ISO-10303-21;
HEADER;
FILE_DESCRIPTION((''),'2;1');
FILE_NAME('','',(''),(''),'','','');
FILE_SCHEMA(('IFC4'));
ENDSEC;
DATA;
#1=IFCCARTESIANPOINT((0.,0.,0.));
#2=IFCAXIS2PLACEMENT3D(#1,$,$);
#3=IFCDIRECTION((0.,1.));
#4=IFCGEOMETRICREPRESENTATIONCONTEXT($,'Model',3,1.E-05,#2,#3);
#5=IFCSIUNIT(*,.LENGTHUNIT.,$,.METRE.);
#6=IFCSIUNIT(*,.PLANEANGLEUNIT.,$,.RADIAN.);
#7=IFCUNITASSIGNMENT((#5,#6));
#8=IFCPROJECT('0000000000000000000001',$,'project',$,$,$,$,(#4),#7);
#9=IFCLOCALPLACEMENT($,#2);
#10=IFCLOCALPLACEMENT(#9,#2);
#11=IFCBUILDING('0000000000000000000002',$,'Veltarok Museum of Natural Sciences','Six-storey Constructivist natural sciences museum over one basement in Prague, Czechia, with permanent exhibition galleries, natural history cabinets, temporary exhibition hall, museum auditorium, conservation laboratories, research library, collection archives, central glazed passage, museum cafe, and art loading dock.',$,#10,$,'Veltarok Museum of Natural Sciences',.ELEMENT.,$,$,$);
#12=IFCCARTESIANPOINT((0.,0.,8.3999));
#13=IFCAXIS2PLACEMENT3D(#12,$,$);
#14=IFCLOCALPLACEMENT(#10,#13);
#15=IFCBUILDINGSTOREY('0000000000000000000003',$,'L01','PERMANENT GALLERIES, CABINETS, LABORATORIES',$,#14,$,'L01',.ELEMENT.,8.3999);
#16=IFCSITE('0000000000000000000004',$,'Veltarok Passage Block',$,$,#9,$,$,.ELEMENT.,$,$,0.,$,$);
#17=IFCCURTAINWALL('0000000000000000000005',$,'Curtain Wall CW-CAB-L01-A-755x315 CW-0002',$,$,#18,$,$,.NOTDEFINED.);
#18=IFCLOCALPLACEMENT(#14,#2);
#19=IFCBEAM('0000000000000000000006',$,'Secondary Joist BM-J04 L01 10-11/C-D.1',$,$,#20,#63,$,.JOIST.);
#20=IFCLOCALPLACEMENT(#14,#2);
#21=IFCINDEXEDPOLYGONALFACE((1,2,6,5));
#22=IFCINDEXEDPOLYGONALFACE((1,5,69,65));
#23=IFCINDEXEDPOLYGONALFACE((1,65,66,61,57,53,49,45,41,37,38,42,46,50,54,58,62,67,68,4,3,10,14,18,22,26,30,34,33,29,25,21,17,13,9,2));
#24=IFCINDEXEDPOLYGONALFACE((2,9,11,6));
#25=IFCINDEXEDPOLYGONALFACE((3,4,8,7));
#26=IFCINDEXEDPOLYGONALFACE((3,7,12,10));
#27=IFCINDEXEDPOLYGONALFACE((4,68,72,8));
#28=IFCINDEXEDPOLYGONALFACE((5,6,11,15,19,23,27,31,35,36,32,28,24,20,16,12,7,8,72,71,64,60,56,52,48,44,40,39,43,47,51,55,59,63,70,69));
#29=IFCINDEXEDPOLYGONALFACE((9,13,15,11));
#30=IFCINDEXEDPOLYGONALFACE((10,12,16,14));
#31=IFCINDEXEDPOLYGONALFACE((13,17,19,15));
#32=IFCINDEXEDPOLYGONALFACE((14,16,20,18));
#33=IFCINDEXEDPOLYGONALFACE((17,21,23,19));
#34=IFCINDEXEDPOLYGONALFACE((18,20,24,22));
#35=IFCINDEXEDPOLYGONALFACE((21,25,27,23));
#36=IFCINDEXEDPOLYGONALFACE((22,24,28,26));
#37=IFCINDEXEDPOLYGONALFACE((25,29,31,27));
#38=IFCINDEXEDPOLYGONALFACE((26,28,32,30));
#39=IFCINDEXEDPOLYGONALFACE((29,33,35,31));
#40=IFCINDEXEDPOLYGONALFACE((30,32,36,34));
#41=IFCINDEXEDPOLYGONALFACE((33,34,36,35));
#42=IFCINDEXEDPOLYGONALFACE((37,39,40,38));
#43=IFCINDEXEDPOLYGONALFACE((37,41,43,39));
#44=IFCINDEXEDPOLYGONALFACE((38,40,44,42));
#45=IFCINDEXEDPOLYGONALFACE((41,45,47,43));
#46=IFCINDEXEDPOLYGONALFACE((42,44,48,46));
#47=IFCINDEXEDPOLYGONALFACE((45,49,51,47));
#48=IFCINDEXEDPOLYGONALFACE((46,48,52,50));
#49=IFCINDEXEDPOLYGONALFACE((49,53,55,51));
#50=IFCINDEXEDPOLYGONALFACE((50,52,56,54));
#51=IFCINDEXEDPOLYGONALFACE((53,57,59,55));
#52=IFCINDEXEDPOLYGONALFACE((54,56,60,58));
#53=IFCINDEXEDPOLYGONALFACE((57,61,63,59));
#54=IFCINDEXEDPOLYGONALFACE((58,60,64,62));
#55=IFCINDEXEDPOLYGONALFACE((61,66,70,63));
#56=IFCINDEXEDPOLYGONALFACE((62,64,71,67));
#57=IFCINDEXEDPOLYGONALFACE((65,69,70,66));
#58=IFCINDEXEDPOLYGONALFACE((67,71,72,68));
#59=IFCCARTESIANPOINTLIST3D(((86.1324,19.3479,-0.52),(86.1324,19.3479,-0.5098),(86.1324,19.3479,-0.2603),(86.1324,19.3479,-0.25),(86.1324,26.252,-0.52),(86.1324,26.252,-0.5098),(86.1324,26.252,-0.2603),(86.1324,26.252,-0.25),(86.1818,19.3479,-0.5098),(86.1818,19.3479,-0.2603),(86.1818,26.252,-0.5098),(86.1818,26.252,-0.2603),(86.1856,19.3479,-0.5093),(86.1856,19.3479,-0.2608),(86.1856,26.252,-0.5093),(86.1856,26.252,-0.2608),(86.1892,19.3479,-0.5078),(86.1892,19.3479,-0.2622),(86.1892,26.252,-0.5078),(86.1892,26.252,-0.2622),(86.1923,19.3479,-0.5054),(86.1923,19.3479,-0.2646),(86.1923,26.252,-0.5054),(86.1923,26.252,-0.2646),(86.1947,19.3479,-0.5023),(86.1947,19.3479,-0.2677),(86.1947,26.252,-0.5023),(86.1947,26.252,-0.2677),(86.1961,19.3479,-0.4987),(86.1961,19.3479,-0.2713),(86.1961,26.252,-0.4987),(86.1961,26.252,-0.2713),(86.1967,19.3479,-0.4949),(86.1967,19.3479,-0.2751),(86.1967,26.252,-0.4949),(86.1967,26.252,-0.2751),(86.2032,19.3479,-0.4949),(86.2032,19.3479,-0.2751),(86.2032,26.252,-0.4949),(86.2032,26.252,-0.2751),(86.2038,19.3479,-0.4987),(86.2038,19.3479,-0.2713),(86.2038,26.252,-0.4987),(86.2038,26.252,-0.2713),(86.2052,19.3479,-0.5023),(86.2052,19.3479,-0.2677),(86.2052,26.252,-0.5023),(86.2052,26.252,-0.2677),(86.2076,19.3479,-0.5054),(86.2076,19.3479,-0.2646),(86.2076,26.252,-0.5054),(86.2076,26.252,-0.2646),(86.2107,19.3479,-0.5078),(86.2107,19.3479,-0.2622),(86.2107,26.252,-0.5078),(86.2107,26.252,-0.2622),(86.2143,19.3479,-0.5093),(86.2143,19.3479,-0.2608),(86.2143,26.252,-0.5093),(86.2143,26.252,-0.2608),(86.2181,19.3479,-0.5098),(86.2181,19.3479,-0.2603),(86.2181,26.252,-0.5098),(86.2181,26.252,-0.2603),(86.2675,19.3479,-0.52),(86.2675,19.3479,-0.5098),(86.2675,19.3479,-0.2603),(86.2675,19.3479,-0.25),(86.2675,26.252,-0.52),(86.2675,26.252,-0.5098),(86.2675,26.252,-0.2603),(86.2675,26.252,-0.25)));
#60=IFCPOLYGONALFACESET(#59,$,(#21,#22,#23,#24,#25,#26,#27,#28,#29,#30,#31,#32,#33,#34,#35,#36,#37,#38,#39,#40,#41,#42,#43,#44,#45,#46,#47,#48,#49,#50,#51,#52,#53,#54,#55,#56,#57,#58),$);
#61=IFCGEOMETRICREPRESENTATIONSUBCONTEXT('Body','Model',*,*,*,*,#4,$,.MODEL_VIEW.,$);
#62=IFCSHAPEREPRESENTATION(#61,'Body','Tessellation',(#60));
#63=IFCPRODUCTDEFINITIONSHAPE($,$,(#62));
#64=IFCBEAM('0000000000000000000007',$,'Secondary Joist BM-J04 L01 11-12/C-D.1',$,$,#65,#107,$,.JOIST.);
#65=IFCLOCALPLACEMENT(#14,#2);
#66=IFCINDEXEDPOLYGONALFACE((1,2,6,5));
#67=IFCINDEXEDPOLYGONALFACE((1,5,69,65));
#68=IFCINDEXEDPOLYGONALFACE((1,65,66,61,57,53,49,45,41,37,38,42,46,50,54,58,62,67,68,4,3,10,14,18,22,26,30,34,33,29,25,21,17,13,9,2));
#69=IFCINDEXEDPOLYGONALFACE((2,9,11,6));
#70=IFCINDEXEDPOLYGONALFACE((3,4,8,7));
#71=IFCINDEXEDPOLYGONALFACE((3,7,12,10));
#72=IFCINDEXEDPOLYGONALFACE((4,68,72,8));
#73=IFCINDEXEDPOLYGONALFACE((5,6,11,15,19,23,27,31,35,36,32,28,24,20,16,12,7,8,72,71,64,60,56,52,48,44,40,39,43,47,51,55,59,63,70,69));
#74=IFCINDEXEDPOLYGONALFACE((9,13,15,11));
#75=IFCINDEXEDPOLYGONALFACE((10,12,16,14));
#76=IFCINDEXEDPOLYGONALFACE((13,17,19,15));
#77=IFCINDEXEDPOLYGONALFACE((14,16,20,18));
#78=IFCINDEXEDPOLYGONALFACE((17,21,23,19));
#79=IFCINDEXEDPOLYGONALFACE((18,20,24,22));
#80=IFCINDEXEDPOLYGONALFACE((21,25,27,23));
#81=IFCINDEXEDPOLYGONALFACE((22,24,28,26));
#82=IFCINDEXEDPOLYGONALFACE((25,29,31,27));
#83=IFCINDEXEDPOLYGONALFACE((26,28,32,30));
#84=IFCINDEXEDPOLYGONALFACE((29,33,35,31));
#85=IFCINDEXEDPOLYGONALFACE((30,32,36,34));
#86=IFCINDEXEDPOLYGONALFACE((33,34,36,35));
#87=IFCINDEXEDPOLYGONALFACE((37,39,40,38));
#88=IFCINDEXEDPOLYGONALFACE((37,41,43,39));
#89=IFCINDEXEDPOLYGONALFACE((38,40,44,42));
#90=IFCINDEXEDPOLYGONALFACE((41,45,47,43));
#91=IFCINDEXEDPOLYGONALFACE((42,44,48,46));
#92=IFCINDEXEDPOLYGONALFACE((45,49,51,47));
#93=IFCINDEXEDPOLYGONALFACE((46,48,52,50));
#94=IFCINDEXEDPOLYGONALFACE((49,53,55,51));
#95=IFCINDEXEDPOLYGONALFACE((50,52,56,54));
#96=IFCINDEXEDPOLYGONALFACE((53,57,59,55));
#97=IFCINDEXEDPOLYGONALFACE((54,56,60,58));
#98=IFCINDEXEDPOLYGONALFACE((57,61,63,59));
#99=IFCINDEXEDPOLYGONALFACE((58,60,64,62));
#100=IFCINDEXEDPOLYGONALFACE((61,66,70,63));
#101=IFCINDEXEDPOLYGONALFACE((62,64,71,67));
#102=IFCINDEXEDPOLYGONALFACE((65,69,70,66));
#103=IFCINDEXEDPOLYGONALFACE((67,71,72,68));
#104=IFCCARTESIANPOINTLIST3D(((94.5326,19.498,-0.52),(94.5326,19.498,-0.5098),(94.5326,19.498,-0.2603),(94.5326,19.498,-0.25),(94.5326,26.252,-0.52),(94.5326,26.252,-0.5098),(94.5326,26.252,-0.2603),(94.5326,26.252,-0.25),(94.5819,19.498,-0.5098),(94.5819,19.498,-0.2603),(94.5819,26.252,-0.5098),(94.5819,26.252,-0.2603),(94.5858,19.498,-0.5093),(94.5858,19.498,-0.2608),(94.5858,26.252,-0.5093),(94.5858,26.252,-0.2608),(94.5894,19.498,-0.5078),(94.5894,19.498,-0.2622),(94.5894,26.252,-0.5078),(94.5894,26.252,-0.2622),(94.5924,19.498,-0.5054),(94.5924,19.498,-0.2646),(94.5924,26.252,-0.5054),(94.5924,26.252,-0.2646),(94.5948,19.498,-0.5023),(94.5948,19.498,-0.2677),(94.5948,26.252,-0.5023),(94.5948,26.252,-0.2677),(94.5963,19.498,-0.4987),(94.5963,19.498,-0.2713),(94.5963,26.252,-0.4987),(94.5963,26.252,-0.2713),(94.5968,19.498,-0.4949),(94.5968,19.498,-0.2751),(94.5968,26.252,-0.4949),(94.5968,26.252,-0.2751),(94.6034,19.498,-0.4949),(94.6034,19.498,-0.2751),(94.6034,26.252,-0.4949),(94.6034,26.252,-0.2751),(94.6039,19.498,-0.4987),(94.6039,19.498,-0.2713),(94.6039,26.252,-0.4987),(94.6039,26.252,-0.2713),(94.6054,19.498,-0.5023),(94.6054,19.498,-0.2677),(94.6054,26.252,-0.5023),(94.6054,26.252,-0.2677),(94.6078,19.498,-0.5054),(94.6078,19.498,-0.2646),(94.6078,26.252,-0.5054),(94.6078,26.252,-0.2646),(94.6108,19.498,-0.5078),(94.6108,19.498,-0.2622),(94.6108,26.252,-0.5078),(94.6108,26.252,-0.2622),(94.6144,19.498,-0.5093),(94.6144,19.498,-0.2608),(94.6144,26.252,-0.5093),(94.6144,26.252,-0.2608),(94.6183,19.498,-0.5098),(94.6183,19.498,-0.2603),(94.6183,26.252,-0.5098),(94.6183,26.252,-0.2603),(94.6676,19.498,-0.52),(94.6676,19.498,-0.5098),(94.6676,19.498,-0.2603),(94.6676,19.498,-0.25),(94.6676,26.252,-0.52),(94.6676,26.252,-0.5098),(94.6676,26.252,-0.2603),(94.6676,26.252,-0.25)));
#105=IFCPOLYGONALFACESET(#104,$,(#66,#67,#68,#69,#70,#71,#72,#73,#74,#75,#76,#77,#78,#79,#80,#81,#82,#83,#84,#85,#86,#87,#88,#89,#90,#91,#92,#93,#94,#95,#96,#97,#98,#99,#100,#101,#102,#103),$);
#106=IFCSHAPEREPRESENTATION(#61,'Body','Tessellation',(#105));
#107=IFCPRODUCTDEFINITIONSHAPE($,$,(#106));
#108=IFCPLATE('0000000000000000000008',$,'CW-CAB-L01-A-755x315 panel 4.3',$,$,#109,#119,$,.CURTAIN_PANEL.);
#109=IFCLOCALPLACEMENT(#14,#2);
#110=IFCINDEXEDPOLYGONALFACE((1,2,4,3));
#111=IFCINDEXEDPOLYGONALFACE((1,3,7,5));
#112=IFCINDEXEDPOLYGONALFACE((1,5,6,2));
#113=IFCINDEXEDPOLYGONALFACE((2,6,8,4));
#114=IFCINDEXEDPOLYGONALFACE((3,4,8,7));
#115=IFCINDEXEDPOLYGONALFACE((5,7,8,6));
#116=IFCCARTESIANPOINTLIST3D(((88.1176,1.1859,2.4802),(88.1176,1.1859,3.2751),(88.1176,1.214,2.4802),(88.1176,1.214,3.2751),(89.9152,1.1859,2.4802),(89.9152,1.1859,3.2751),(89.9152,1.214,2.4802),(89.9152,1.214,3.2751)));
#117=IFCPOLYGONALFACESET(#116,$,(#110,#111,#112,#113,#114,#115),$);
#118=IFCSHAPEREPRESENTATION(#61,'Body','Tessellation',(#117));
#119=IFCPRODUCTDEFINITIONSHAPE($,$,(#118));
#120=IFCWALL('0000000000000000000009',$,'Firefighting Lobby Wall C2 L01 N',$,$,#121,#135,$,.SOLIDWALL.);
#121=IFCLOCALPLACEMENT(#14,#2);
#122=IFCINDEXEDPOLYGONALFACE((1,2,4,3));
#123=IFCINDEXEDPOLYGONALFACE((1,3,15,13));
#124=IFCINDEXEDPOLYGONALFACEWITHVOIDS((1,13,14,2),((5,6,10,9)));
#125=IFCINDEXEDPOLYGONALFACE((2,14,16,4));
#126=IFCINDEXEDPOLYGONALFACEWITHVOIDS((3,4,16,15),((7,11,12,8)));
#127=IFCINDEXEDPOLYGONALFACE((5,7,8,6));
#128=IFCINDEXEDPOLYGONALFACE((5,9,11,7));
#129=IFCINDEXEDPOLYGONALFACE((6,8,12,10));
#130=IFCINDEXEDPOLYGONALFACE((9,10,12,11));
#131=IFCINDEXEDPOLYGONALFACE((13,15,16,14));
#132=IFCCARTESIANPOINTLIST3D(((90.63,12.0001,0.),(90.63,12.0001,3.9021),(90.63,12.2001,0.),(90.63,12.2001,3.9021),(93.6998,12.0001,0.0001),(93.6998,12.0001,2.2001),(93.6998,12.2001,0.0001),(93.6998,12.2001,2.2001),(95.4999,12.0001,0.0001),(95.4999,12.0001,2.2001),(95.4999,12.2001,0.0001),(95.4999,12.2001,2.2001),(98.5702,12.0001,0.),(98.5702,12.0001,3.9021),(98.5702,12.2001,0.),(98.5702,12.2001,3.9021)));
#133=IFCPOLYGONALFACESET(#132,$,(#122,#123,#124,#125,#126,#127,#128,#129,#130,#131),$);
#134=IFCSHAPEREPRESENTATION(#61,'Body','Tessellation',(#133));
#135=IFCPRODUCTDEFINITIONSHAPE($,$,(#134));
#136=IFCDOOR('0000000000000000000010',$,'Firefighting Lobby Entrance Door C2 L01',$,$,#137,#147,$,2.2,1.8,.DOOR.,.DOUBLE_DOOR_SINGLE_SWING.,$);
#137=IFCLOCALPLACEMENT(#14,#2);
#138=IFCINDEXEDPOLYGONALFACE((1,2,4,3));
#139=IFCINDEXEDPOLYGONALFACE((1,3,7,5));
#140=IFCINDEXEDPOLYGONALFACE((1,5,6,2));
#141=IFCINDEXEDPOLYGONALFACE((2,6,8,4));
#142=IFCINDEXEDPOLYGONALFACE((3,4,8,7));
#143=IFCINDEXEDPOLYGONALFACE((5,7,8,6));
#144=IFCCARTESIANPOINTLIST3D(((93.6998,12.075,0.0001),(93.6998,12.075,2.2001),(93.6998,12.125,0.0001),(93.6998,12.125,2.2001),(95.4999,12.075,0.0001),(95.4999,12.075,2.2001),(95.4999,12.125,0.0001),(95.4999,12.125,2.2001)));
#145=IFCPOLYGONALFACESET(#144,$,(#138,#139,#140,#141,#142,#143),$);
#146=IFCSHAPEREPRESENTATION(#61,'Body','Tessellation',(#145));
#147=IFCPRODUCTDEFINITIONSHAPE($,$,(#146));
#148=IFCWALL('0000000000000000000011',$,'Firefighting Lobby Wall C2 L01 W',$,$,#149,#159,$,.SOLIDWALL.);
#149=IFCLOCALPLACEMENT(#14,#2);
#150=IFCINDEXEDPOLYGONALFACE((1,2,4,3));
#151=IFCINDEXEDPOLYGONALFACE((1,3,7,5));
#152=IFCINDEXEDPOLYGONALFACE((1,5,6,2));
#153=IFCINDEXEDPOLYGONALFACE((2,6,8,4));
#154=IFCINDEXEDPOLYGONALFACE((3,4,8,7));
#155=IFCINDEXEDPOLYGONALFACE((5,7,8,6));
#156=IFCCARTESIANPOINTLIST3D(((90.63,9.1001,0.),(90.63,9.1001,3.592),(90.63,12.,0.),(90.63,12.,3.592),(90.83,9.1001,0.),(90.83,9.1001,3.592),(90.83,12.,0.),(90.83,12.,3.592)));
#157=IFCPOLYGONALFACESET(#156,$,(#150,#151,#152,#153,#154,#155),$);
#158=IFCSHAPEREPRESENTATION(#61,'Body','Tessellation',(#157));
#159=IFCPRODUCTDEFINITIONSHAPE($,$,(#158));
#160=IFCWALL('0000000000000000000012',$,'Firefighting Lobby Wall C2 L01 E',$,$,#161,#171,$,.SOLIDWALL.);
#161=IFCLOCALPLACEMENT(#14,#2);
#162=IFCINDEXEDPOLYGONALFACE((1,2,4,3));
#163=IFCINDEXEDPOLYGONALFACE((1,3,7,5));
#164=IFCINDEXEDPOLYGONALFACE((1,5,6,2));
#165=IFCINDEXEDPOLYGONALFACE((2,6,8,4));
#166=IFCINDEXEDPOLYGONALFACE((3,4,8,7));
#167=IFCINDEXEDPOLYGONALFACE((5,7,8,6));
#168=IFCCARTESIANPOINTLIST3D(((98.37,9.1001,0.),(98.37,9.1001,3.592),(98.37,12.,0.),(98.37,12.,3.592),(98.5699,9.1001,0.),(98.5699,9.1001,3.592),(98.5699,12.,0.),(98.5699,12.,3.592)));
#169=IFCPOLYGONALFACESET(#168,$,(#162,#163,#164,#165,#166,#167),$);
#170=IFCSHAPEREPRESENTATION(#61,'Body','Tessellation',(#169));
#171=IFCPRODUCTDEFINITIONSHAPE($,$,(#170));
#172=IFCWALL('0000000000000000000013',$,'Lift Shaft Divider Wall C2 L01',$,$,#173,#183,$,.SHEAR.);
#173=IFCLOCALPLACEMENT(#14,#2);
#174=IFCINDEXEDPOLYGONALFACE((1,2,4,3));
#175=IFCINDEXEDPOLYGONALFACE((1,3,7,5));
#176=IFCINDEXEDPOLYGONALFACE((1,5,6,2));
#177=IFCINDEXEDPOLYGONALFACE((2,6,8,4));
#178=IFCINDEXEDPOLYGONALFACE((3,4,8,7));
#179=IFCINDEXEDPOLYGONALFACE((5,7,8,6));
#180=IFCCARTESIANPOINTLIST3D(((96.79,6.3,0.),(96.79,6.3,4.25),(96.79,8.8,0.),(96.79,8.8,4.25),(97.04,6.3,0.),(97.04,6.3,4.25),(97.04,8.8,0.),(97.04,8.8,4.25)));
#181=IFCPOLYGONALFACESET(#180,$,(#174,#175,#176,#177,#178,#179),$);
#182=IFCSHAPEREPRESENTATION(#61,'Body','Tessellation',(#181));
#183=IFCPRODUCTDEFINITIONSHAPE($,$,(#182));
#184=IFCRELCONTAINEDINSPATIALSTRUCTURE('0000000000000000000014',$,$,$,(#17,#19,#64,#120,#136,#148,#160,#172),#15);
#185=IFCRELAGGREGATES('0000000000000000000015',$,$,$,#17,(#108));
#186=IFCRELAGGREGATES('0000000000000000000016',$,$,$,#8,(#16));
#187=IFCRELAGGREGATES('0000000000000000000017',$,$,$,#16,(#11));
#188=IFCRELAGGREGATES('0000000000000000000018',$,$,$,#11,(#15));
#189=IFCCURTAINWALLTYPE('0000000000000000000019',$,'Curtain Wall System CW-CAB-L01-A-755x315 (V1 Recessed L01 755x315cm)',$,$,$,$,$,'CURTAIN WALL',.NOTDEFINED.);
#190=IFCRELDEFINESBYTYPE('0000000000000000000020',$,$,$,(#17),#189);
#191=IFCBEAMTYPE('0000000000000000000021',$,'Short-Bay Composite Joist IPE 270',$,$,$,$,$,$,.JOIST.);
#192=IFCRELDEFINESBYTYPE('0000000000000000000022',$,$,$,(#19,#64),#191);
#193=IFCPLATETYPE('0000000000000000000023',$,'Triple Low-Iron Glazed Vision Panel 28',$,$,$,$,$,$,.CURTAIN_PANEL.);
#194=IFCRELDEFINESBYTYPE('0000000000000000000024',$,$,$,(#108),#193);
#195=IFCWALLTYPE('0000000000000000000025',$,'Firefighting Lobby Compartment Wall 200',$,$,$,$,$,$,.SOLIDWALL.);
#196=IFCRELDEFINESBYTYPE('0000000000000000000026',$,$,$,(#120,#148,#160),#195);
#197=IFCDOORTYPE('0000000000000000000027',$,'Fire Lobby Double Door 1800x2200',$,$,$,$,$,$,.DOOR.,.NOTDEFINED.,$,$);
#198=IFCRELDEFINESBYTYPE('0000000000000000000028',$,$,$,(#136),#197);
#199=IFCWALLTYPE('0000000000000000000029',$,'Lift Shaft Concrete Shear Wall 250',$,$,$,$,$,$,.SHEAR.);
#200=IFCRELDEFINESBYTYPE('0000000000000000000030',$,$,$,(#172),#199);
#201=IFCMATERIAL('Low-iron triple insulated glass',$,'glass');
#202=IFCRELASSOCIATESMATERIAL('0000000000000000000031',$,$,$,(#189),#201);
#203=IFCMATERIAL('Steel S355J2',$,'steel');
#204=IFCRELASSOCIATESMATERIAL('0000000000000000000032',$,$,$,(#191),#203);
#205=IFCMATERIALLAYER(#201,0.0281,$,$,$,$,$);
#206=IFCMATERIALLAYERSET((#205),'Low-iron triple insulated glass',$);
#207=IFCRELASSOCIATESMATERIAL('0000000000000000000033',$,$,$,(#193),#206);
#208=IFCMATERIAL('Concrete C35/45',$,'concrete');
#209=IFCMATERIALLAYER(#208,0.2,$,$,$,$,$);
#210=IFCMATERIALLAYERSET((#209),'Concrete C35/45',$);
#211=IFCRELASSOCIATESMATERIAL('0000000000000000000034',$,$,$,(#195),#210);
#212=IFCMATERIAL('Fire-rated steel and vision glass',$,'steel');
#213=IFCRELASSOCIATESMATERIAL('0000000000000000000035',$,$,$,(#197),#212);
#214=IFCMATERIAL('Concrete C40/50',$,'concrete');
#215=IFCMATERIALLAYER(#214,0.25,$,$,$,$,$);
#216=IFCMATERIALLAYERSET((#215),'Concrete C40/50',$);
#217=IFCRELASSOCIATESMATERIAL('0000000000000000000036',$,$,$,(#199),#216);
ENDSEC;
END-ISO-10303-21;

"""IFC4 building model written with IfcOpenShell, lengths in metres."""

from ifc_helpers import new_model, si_unit, direction, frame, frame_2d, origin, origin_2d, place, context, subcontext, project, spatial, rectangle, i_section, extrude, material, layer, layer_set, material_profile, profile_set, type_object, element, fill, aggregate, save


model = new_model("IFC4")

# Units and contexts
model_context = context("Model", 3, precision=1e-05, world=origin(), true_north=direction((0.0, 1.0)))
body_context = subcontext(model_context, "Body", "Model", "MODEL_VIEW")
ifc_project = project(units=[si_unit("LENGTHUNIT", "METRE"), si_unit("PLANEANGLEUNIT", "RADIAN")], contexts=[model_context])

# Site, building, storey
site_placement = place(None, origin())
site = spatial("IfcSite", under=ifc_project, at=site_placement, Name="Veltarok Passage Block", CompositionType="ELEMENT", RefElevation=0.0)
building_placement = place(site_placement, origin())
building = spatial("IfcBuilding", under=site, at=building_placement, Name="Veltarok Museum of Natural Sciences", Description="Six-storey Constructivist natural sciences museum over one basement in Prague, Czechia, with permanent exhibition galleries, natural history cabinets, temporary exhibition hall, museum auditorium, conservation laboratories, research library, collection archives, central glazed passage, museum cafe, and art loading dock.", LongName="Veltarok Museum of Natural Sciences", CompositionType="ELEMENT")
storey_placement = place(building_placement, frame((0.0, 0.0, 8.3999)))
storey = spatial("IfcBuildingStorey", under=building, at=storey_placement, Name="L01", Description="PERMANENT GALLERIES, CABINETS, LABORATORIES", LongName="L01", CompositionType="ELEMENT", Elevation=8.3999)

# Shared definitions
ifc_material_1 = material(Name="Steel S355J2", Category="steel")

# Shared definitions
ifc_material_2 = material(Name="Low-iron triple insulated glass", Category="glass")

# Curtain wall
curtain_wall_type_1 = type_object("IfcCurtainWallType", Name="Curtain Wall System CW-CAB-L01-A-755x315 (V1 Recessed L01 755x315cm)", ElementType="CURTAIN WALL", PredefinedType="NOTDEFINED", material=ifc_material_2)
curtain_wall_1_placement = place(storey_placement, origin())
curtain_wall_1 = element("IfcCurtainWall", 1, at=curtain_wall_1_placement, inside=storey, type_object=curtain_wall_type_1, Name="Curtain Wall CW-CAB-L01-A-755x315 CW-0002", PredefinedType="NOTDEFINED")

# Beams
ifc_material_3 = material(Name="Concrete C40/50", Category="concrete")
ifc_material_profile_1 = material_profile(ifc_material_1, i_section(OverallWidth=0.135, OverallDepth=0.27, WebThickness=0.0066, FlangeThickness=0.0103, FilletRadius=0.0149, at=origin_2d()), Name="IPE 270")
ifc_profile_set_1 = profile_set([ifc_material_profile_1], Name="Steel S355J2")
beam_type_1 = type_object("IfcBeamType", Name="Short-Bay Composite Joist IPE 270", PredefinedType="JOIST", material=ifc_profile_set_1)
beam_1_placement = place(storey_placement, frame((86.2, 19.3479, -0.385), z_axis=(0.0, 1.0, 0.0), x_axis=(-1.0, 0.0, 0.0)))
element("IfcBeam", 2, at=beam_1_placement, inside=storey, type_object=beam_type_1, Name="Secondary Joist BM-J04 L01 10-11/C-D.1", PredefinedType="JOIST", context=body_context, shape_type="SweptSolid", body=[
    extrude(i_section(OverallWidth=0.135, OverallDepth=0.27, WebThickness=0.0066, FlangeThickness=0.0103, FilletRadius=0.0149, at=origin_2d()), origin(), (0.0, 0.0, 1.0), 6.9041),
])
beam_2_placement = place(storey_placement, frame((94.6001, 19.498, -0.385), z_axis=(0.0, 1.0, 0.0), x_axis=(-1.0, 0.0, 0.0)))
element("IfcBeam", 3, at=beam_2_placement, inside=storey, type_object=beam_type_1, Name="Secondary Joist BM-J04 L01 11-12/C-D.1", PredefinedType="JOIST", context=body_context, shape_type="SweptSolid", body=[
    extrude(i_section(OverallWidth=0.135, OverallDepth=0.27, WebThickness=0.0066, FlangeThickness=0.0103, FilletRadius=0.0149, at=origin_2d()), origin(), (0.0, 0.0, 1.0), 6.7539),
])

# Plate
ifc_layer_1 = layer(ifc_material_2, 0.0281)
ifc_layer_set_1 = layer_set([ifc_layer_1], Name="Low-iron triple insulated glass")
plate_type = type_object("IfcPlateType", Name="Triple Low-Iron Glazed Vision Panel 28", PredefinedType="CURTAIN_PANEL", material=ifc_layer_set_1)
plate_placement = place(storey_placement, frame((89.0164, 1.2, 2.4802), z_axis=(0.0, 0.0, 1.0), x_axis=(1.0, 0.0, 0.0)))
plate = element("IfcPlate", 4, at=plate_placement, type_object=plate_type, Name="CW-CAB-L01-A-755x315 panel 4.3", PredefinedType="CURTAIN_PANEL", context=body_context, shape_type="SweptSolid", body=[
    extrude(rectangle(XDim=1.7976, YDim=0.0281, at=origin_2d()), origin(), (0.0, 0.0, 1.0), 0.7949),
])
aggregate(curtain_wall_1, [plate])

# Wall, opening, door
ifc_material_4 = material(Name="Concrete C35/45", Category="concrete")
ifc_layer_2 = layer(ifc_material_4, 0.2)
ifc_layer_set_2 = layer_set([ifc_layer_2], Name="Concrete C35/45")
wall_type_1 = type_object("IfcWallType", Name="Firefighting Lobby Compartment Wall 200", PredefinedType="SOLIDWALL", material=ifc_layer_set_2)
wall_1_placement = place(storey_placement, frame((90.6299, 12.1001, 0.0), z_axis=(0.0, 0.0, 1.0), x_axis=(1.0, 0.0, 0.0)))
wall_1 = element("IfcWall", 5, at=wall_1_placement, inside=storey, type_object=wall_type_1, Name="Firefighting Lobby Wall C2 L01 N", PredefinedType="SOLIDWALL", context=body_context, shape_type="SweptSolid", body=[
    extrude(rectangle(XDim=7.9402, YDim=0.2, at=frame_2d((3.9702, 0.0))), origin(), (0.0, 0.0, 1.0), 3.9021),
])
opening_1_placement = place(wall_1_placement, frame((3.0701, 0.0, 0.0)))
opening_1 = element("IfcOpeningElement", 6, at=opening_1_placement, cuts=wall_1, PredefinedType="OPENING", context=body_context, shape_type="SweptSolid", body=[
    extrude(rectangle(XDim=1.8, YDim=2.2, at=frame_2d((0.8999, 1.1001))), frame((0.0, 0.1099, 0.0), z_axis=(0.0, -1.0, 0.0), x_axis=(1.0, 0.0, 0.0)), (0.0, 0.0, 1.0), 0.22),
])
ifc_material_5 = material(Name="Fire-rated steel and vision glass", Category="steel")
door_type_1 = type_object("IfcDoorType", Name="Fire Lobby Double Door 1800x2200", OperationType="NOTDEFINED", PredefinedType="DOOR", material=ifc_material_5)
door_1_placement = place(opening_1_placement, origin())
door_1 = element("IfcDoor", 7, at=door_1_placement, inside=storey, type_object=door_type_1, Name="Firefighting Lobby Entrance Door C2 L01", OperationType="DOUBLE_DOOR_SINGLE_SWING", OverallHeight=2.2, OverallWidth=1.8, PredefinedType="DOOR", context=body_context, shape_type="SweptSolid", body=[
    extrude(rectangle(XDim=1.8, YDim=2.2, at=frame_2d((0.8999, 1.1001))), frame((0.0, 0.0249, 0.0), z_axis=(0.0, -1.0, 0.0), x_axis=(1.0, 0.0, 0.0)), (0.0, 0.0, 1.0), 0.05),
])
fill(opening_1, door_1)

# Walls
for number, where, z_axis, x_axis, name in (
    (8, (90.73, 9.1001, 0.0), (0.0, 0.0, 1.0), (0.0, 1.0, 0.0), "Firefighting Lobby Wall C2 L01 W"),
    (9, (98.47, 12.0, 0.0), (0.0, 0.0, 1.0), (0.0, -1.0, 0.0), "Firefighting Lobby Wall C2 L01 E"),
):
    element("IfcWall", number, at=place(storey_placement, frame(where, z_axis=z_axis, x_axis=x_axis)), inside=storey, type_object=wall_type_1, Name=name, PredefinedType="SOLIDWALL", context=body_context, shape_type="SweptSolid", body=[
        extrude(rectangle(XDim=2.8999, YDim=0.2, at=frame_2d((1.45, 0.0))), origin(), (0.0, 0.0, 1.0), 3.592),
    ])
ifc_layer_3 = layer(ifc_material_3, 0.25)
ifc_layer_set_3 = layer_set([ifc_layer_3], Name="Concrete C40/50")
wall_type_2 = type_object("IfcWallType", Name="Lift Shaft Concrete Shear Wall 250", PredefinedType="SHEAR", material=ifc_layer_set_3)
wall_2_placement = place(storey_placement, frame((96.915, 6.3, 0.0), z_axis=(0.0, 0.0, 1.0), x_axis=(0.0, 1.0, 0.0)))
element("IfcWall", 10, at=wall_2_placement, inside=storey, type_object=wall_type_2, Name="Lift Shaft Divider Wall C2 L01", PredefinedType="SHEAR", context=body_context, shape_type="SweptSolid", body=[
    extrude(rectangle(XDim=2.5, YDim=0.25, at=frame_2d((1.25, 0.0))), origin(), (0.0, 0.0, 1.0), 4.25),
])

save(model, "model.ifc")
